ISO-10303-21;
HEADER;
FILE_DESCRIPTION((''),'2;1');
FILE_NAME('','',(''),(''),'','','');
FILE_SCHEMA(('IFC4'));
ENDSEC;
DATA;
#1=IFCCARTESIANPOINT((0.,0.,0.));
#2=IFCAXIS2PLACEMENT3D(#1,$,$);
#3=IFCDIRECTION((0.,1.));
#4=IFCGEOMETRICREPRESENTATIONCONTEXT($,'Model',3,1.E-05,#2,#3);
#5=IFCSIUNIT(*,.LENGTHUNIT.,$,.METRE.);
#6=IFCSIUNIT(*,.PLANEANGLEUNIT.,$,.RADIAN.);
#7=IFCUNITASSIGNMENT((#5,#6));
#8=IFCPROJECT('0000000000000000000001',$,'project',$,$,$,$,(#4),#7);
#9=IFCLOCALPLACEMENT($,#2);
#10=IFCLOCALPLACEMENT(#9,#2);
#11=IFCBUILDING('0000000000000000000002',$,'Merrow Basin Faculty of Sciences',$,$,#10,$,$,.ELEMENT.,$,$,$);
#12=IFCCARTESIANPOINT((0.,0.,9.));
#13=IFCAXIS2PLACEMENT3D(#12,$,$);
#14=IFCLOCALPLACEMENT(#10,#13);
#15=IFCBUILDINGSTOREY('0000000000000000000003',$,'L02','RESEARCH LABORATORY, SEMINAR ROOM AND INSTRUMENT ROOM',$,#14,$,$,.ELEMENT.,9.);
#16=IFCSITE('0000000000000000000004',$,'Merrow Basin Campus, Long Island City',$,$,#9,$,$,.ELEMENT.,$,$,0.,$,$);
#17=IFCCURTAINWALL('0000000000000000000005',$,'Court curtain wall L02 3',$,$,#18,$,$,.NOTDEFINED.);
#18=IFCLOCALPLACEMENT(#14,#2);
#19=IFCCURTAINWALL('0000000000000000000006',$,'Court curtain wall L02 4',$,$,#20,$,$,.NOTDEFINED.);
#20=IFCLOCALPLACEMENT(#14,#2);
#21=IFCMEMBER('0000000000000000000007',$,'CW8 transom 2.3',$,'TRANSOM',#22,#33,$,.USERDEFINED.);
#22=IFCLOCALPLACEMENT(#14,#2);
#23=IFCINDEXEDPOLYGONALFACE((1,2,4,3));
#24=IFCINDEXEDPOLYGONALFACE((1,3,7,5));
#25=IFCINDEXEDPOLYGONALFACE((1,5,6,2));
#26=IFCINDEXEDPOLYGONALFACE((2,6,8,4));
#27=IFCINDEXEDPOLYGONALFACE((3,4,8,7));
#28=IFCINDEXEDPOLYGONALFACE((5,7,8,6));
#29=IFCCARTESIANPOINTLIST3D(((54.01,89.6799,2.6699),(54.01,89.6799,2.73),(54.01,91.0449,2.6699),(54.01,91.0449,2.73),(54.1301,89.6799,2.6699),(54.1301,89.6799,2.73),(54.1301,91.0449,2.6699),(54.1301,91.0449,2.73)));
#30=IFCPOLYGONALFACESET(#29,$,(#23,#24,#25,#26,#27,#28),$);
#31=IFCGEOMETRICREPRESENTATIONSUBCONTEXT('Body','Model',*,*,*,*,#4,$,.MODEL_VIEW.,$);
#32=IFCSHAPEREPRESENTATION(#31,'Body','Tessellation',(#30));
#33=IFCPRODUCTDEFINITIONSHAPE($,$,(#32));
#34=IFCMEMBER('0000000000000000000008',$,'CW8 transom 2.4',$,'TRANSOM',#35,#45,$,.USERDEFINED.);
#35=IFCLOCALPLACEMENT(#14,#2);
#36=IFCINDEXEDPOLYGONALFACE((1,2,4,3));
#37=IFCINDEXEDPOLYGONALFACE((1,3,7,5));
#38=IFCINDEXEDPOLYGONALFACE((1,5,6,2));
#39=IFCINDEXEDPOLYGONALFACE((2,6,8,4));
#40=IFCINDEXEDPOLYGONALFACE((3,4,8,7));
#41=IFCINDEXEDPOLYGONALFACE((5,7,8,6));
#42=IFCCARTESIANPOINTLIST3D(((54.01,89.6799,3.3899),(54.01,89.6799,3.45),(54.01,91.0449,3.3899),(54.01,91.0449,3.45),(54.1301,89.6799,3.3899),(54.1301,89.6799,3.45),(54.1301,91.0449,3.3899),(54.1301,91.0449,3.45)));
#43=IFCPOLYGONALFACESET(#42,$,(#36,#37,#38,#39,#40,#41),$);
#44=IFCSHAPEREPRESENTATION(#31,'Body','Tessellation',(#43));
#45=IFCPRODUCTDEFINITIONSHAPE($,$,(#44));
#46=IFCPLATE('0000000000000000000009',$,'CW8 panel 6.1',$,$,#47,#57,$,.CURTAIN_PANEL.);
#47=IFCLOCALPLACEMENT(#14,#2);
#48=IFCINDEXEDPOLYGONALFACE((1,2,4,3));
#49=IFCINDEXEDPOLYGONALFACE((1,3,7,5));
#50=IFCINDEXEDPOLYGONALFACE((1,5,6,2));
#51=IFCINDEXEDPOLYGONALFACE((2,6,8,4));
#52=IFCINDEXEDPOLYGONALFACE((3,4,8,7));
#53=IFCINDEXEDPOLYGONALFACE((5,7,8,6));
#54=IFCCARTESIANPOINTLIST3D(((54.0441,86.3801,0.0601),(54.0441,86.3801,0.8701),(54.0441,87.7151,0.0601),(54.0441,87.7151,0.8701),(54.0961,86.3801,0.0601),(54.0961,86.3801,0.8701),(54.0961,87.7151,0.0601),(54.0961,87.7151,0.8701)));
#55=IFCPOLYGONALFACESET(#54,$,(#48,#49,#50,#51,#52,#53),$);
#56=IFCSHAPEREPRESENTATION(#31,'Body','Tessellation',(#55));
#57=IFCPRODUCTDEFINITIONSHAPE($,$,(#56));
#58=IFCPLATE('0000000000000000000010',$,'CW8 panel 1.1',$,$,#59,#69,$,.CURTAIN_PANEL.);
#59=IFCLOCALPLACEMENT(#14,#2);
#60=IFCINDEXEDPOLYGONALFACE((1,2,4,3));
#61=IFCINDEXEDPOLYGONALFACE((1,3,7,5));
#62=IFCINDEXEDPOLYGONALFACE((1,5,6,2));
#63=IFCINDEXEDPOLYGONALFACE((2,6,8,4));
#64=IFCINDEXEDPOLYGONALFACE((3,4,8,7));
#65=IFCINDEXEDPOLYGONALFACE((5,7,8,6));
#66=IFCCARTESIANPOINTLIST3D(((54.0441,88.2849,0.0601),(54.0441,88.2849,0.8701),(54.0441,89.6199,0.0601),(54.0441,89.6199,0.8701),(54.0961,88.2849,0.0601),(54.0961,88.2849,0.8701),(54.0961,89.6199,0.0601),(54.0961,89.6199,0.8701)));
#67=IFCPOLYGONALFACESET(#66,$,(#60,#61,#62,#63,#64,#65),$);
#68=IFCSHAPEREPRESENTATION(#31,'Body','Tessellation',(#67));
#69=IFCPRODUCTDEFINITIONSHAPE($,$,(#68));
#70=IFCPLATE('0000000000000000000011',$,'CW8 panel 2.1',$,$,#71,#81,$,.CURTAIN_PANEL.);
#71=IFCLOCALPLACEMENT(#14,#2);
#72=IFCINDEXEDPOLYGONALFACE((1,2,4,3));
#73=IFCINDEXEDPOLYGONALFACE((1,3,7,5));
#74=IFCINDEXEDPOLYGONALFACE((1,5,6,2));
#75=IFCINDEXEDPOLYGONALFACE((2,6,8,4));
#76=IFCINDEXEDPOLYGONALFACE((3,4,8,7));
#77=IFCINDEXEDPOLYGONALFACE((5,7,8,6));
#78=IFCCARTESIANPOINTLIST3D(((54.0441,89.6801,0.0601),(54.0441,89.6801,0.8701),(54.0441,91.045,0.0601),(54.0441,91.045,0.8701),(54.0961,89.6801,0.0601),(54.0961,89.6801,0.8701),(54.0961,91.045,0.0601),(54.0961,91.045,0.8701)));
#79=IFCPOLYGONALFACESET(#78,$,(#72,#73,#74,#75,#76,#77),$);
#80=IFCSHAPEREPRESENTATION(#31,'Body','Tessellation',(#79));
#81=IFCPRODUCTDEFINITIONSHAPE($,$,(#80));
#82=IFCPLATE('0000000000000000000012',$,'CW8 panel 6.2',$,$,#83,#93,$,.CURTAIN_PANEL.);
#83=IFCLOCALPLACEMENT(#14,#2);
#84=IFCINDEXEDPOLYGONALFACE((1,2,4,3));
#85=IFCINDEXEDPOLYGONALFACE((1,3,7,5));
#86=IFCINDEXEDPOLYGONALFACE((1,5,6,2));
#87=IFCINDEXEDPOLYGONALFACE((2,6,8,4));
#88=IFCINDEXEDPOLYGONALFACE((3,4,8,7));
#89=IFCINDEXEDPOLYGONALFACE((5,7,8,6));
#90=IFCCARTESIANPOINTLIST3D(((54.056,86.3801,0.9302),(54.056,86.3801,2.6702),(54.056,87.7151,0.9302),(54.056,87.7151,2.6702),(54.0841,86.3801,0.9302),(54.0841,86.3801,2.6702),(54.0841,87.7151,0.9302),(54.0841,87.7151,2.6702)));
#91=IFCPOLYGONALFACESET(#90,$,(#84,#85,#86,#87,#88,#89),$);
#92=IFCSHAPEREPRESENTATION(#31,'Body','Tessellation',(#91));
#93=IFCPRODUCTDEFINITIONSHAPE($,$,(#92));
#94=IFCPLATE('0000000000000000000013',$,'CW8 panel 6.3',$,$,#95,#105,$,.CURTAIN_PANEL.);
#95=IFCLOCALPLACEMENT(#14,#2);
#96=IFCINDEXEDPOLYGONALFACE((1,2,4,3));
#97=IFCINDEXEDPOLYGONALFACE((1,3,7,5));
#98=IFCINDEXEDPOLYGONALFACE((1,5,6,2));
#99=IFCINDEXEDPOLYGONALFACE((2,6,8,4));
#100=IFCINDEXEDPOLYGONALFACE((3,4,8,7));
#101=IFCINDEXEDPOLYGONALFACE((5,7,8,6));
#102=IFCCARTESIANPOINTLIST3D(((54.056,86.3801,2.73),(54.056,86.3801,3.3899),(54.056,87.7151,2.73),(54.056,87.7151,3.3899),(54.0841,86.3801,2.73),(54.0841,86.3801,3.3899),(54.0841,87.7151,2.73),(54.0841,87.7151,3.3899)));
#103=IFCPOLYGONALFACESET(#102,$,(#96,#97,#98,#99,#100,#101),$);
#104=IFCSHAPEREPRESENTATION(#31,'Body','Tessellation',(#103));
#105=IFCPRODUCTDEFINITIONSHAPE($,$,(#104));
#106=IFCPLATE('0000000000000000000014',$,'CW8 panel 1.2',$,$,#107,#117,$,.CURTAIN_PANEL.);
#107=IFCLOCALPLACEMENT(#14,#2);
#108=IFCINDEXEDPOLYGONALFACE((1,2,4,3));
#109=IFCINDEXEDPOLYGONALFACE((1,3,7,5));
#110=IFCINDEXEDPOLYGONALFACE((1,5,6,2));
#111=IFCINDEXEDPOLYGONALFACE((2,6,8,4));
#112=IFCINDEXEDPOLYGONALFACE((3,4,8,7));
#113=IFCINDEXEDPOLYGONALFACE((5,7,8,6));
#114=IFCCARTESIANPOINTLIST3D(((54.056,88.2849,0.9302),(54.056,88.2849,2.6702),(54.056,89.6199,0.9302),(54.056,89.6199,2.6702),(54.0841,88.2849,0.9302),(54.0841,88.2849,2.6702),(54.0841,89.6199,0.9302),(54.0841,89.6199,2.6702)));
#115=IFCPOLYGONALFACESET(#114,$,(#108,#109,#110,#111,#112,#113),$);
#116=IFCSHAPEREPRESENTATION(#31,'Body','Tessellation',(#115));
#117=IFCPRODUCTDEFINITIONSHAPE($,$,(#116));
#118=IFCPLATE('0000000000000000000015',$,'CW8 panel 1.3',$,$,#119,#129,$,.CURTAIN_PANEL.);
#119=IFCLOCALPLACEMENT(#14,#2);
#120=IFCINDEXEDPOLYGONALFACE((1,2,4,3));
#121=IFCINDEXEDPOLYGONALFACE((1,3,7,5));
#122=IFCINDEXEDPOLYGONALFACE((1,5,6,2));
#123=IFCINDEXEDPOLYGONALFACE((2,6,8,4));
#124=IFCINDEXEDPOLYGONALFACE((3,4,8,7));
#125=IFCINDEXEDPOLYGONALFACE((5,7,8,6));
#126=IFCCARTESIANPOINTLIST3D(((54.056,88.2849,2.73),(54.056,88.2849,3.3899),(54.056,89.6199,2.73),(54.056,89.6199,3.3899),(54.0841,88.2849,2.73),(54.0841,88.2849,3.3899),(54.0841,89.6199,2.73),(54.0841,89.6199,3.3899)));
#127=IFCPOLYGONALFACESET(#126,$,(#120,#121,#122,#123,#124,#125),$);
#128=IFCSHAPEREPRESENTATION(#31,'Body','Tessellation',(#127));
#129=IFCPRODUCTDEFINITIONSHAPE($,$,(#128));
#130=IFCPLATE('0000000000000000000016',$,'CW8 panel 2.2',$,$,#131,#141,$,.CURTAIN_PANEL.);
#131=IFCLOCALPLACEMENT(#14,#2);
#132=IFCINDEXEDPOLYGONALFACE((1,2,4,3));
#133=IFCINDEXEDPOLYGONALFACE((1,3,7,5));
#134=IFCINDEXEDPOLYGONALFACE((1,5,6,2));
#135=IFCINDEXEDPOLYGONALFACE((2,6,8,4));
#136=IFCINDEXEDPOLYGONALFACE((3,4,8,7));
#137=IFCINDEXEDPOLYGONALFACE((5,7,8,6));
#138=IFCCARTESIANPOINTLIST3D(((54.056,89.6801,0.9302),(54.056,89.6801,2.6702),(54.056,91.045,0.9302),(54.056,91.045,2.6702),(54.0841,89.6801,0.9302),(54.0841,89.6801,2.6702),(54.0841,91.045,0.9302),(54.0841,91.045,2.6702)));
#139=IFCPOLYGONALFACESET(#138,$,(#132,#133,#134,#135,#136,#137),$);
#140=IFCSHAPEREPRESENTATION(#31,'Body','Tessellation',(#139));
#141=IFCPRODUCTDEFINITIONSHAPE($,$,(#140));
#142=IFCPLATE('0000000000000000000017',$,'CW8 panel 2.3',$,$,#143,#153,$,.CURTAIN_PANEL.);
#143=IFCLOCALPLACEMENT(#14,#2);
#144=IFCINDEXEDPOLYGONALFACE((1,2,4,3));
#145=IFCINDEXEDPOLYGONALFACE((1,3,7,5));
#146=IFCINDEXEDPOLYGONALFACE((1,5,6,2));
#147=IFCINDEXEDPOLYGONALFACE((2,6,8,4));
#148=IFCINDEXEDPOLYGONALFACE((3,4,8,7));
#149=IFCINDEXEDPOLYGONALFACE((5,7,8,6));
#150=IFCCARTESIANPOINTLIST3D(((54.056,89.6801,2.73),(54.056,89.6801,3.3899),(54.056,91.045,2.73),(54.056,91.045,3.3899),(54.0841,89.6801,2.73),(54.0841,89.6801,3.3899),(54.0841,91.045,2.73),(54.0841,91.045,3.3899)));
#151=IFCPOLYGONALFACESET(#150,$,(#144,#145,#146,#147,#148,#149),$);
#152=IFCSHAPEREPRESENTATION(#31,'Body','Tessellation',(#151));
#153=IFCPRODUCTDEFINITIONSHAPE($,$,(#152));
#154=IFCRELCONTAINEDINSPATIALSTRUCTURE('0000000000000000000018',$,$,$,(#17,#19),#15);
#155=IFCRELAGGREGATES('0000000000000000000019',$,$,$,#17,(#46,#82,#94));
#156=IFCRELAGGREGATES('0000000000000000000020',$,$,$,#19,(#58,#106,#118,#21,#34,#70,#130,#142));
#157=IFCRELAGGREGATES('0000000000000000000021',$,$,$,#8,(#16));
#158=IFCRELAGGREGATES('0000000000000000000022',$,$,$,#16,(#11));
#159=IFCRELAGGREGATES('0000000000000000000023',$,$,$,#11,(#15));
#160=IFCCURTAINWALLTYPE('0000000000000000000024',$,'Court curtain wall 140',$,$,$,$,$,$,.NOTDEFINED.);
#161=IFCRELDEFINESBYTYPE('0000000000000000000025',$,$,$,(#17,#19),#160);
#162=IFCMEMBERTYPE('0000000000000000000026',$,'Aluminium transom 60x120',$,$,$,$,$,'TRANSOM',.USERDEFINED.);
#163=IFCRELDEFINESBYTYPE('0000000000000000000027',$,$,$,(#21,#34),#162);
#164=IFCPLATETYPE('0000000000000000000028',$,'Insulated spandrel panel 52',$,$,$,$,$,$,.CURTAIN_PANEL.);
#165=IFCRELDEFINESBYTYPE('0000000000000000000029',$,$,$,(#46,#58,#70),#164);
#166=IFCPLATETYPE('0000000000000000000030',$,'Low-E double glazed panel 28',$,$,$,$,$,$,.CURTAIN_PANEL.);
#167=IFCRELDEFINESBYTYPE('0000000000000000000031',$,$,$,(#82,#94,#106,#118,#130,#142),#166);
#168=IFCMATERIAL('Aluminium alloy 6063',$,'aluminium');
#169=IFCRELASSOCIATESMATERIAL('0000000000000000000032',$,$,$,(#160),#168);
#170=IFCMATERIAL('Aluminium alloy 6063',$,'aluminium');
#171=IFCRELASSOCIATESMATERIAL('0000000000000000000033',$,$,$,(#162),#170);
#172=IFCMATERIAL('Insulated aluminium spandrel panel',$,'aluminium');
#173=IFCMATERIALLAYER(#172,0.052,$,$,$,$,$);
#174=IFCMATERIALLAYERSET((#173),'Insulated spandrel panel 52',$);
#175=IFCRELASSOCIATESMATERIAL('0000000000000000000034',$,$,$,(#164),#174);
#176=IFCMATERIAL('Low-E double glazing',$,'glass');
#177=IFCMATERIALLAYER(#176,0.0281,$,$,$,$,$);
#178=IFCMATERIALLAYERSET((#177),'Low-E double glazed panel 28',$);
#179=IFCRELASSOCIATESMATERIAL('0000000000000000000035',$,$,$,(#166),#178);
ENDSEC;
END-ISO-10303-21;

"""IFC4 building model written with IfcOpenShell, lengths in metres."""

from ifc_helpers import new_model, si_unit, direction, frame, origin, origin_2d, place, context, subcontext, project, spatial, rectangle, extrude, material, layer, layer_set, material_profile, profile_set, type_object, element, aggregate, save


model = new_model("IFC4")

# Units and contexts
model_context = context("Model", 3, precision=1e-05, world=origin(), true_north=direction((0.0, 1.0)))
body_context = subcontext(model_context, "Body", "Model", "MODEL_VIEW")
ifc_project = project(units=[si_unit("LENGTHUNIT", "METRE"), si_unit("PLANEANGLEUNIT", "RADIAN")], contexts=[model_context])

# Site, building, storey
site_placement = place(None, origin())
site = spatial("IfcSite", under=ifc_project, at=site_placement, Name="Merrow Basin Campus, Long Island City", CompositionType="ELEMENT", RefElevation=0.0)
building_placement = place(site_placement, origin())
building = spatial("IfcBuilding", under=site, at=building_placement, Name="Merrow Basin Faculty of Sciences", CompositionType="ELEMENT")
storey_placement = place(building_placement, frame((0.0, 0.0, 9.0)))
storey = spatial("IfcBuildingStorey", under=building, at=storey_placement, Name="L02", Description="RESEARCH LABORATORY, SEMINAR ROOM AND INSTRUMENT ROOM", CompositionType="ELEMENT", Elevation=9.0)

# Curtain walls
ifc_material_1 = material(Name="Aluminium alloy 6063", Category="aluminium")
curtain_wall_type = type_object("IfcCurtainWallType", Name="Court curtain wall 140", PredefinedType="NOTDEFINED", material=ifc_material_1)
curtain_wall_1_placement = place(storey_placement, origin())
curtain_wall_1 = element("IfcCurtainWall", 1, at=curtain_wall_1_placement, inside=storey, type_object=curtain_wall_type, Name="Court curtain wall L02 3", PredefinedType="NOTDEFINED")
curtain_wall_2_placement = place(storey_placement, origin())
curtain_wall_2 = element("IfcCurtainWall", 2, at=curtain_wall_2_placement, inside=storey, type_object=curtain_wall_type, Name="Court curtain wall L02 4", PredefinedType="NOTDEFINED")

# Members
ifc_material_2 = material(Name="Aluminium alloy 6063", Category="aluminium")
ifc_material_profile_1 = material_profile(ifc_material_2, rectangle(XDim=0.1201, YDim=0.0601, at=origin_2d()))
ifc_profile_set_1 = profile_set([ifc_material_profile_1], Name="Aluminium alloy 6063")
member_type_1 = type_object("IfcMemberType", Name="Aluminium transom 60x120", ElementType="TRANSOM", PredefinedType="USERDEFINED", material=ifc_profile_set_1)
member_1_placement = place(storey_placement, frame((54.0701, 89.6799, 2.7), z_axis=(0.0, 1.0, 0.0), x_axis=(-1.0, 0.0, 0.0)))
member_1 = element("IfcMember", 3, at=member_1_placement, type_object=member_type_1, Name="CW8 transom 2.3", ObjectType="TRANSOM", PredefinedType="USERDEFINED", context=body_context, shape_type="SweptSolid", body=[
    extrude(rectangle(XDim=0.1201, YDim=0.0601, at=origin_2d()), origin(), (0.0, 0.0, 1.0), 1.365),
])
member_2_placement = place(storey_placement, frame((54.0701, 89.6799, 3.4199), z_axis=(0.0, 1.0, 0.0), x_axis=(-1.0, 0.0, 0.0)))
member_2 = element("IfcMember", 4, at=member_2_placement, type_object=member_type_1, Name="CW8 transom 2.4", ObjectType="TRANSOM", PredefinedType="USERDEFINED", context=body_context, shape_type="SweptSolid", body=[
    extrude(rectangle(XDim=0.1201, YDim=0.0601, at=origin_2d()), origin(), (0.0, 0.0, 1.0), 1.365),
])

# Plates
ifc_material_3 = material(Name="Insulated aluminium spandrel panel", Category="aluminium")
ifc_layer_1 = layer(ifc_material_3, 0.052)
ifc_layer_set_1 = layer_set([ifc_layer_1], Name="Insulated spandrel panel 52")
plate_type_1 = type_object("IfcPlateType", Name="Insulated spandrel panel 52", PredefinedType="CURTAIN_PANEL", material=ifc_layer_set_1)
plate_1_placement = place(storey_placement, frame((54.0701, 87.0476, 0.0601), z_axis=(0.0, 0.0, 1.0), x_axis=(0.0, 1.0, 0.0)))
plate_1 = element("IfcPlate", 5, at=plate_1_placement, type_object=plate_type_1, Name="CW8 panel 6.1", PredefinedType="CURTAIN_PANEL", context=body_context, shape_type="SweptSolid", body=[
    extrude(rectangle(XDim=1.335, YDim=0.052, at=origin_2d()), origin(), (0.0, 0.0, 1.0), 0.8101),
])
plate_2_placement = place(storey_placement, frame((54.0701, 88.9524, 0.0601), z_axis=(0.0, 0.0, 1.0), x_axis=(0.0, 1.0, 0.0)))
plate_2 = element("IfcPlate", 6, at=plate_2_placement, type_object=plate_type_1, Name="CW8 panel 1.1", PredefinedType="CURTAIN_PANEL", context=body_context, shape_type="SweptSolid", body=[
    extrude(rectangle(XDim=1.335, YDim=0.052, at=origin_2d()), origin(), (0.0, 0.0, 1.0), 0.8101),
])
plate_3_placement = place(storey_placement, frame((54.0701, 90.3625, 0.0601), z_axis=(0.0, 0.0, 1.0), x_axis=(0.0, 1.0, 0.0)))
plate_3 = element("IfcPlate", 7, at=plate_3_placement, type_object=plate_type_1, Name="CW8 panel 2.1", PredefinedType="CURTAIN_PANEL", context=body_context, shape_type="SweptSolid", body=[
    extrude(rectangle(XDim=1.365, YDim=0.052, at=origin_2d()), origin(), (0.0, 0.0, 1.0), 0.8101),
])
ifc_material_4 = material(Name="Low-E double glazing", Category="glass")
ifc_layer_2 = layer(ifc_material_4, 0.0281)
ifc_layer_set_2 = layer_set([ifc_layer_2], Name="Low-E double glazed panel 28")
plate_type_2 = type_object("IfcPlateType", Name="Low-E double glazed panel 28", PredefinedType="CURTAIN_PANEL", material=ifc_layer_set_2)
plate_4_placement = place(storey_placement, frame((54.0701, 87.0476, 0.9302), z_axis=(0.0, 0.0, 1.0), x_axis=(0.0, 1.0, 0.0)))
plate_4 = element("IfcPlate", 8, at=plate_4_placement, type_object=plate_type_2, Name="CW8 panel 6.2", PredefinedType="CURTAIN_PANEL", context=body_context, shape_type="SweptSolid", body=[
    extrude(rectangle(XDim=1.335, YDim=0.0281, at=origin_2d()), origin(), (0.0, 0.0, 1.0), 1.74),
])
plate_5_placement = place(storey_placement, frame((54.0701, 87.0476, 2.73), z_axis=(0.0, 0.0, 1.0), x_axis=(0.0, 1.0, 0.0)))
plate_5 = element("IfcPlate", 9, at=plate_5_placement, type_object=plate_type_2, Name="CW8 panel 6.3", PredefinedType="CURTAIN_PANEL", context=body_context, shape_type="SweptSolid", body=[
    extrude(rectangle(XDim=1.335, YDim=0.0281, at=origin_2d()), origin(), (0.0, 0.0, 1.0), 0.6599),
])
aggregate(curtain_wall_1, [plate_1, plate_4, plate_5])
plate_6_placement = place(storey_placement, frame((54.0701, 88.9524, 0.9302), z_axis=(0.0, 0.0, 1.0), x_axis=(0.0, 1.0, 0.0)))
plate_6 = element("IfcPlate", 10, at=plate_6_placement, type_object=plate_type_2, Name="CW8 panel 1.2", PredefinedType="CURTAIN_PANEL", context=body_context, shape_type="SweptSolid", body=[
    extrude(rectangle(XDim=1.335, YDim=0.0281, at=origin_2d()), origin(), (0.0, 0.0, 1.0), 1.74),
])
plate_7_placement = place(storey_placement, frame((54.0701, 88.9524, 2.73), z_axis=(0.0, 0.0, 1.0), x_axis=(0.0, 1.0, 0.0)))
plate_7 = element("IfcPlate", 11, at=plate_7_placement, type_object=plate_type_2, Name="CW8 panel 1.3", PredefinedType="CURTAIN_PANEL", context=body_context, shape_type="SweptSolid", body=[
    extrude(rectangle(XDim=1.335, YDim=0.0281, at=origin_2d()), origin(), (0.0, 0.0, 1.0), 0.6599),
])
plate_8_placement = place(storey_placement, frame((54.0701, 90.3625, 0.9302), z_axis=(0.0, 0.0, 1.0), x_axis=(0.0, 1.0, 0.0)))
plate_8 = element("IfcPlate", 12, at=plate_8_placement, type_object=plate_type_2, Name="CW8 panel 2.2", PredefinedType="CURTAIN_PANEL", context=body_context, shape_type="SweptSolid", body=[
    extrude(rectangle(XDim=1.365, YDim=0.0281, at=origin_2d()), origin(), (0.0, 0.0, 1.0), 1.74),
])
plate_9_placement = place(storey_placement, frame((54.0701, 90.3625, 2.73), z_axis=(0.0, 0.0, 1.0), x_axis=(0.0, 1.0, 0.0)))
plate_9 = element("IfcPlate", 13, at=plate_9_placement, type_object=plate_type_2, Name="CW8 panel 2.3", PredefinedType="CURTAIN_PANEL", context=body_context, shape_type="SweptSolid", body=[
    extrude(rectangle(XDim=1.365, YDim=0.0281, at=origin_2d()), origin(), (0.0, 0.0, 1.0), 0.6599),
])
aggregate(curtain_wall_2, [plate_2, plate_6, plate_7, member_1, member_2, plate_3, plate_8, plate_9])

save(model, "model.ifc")
